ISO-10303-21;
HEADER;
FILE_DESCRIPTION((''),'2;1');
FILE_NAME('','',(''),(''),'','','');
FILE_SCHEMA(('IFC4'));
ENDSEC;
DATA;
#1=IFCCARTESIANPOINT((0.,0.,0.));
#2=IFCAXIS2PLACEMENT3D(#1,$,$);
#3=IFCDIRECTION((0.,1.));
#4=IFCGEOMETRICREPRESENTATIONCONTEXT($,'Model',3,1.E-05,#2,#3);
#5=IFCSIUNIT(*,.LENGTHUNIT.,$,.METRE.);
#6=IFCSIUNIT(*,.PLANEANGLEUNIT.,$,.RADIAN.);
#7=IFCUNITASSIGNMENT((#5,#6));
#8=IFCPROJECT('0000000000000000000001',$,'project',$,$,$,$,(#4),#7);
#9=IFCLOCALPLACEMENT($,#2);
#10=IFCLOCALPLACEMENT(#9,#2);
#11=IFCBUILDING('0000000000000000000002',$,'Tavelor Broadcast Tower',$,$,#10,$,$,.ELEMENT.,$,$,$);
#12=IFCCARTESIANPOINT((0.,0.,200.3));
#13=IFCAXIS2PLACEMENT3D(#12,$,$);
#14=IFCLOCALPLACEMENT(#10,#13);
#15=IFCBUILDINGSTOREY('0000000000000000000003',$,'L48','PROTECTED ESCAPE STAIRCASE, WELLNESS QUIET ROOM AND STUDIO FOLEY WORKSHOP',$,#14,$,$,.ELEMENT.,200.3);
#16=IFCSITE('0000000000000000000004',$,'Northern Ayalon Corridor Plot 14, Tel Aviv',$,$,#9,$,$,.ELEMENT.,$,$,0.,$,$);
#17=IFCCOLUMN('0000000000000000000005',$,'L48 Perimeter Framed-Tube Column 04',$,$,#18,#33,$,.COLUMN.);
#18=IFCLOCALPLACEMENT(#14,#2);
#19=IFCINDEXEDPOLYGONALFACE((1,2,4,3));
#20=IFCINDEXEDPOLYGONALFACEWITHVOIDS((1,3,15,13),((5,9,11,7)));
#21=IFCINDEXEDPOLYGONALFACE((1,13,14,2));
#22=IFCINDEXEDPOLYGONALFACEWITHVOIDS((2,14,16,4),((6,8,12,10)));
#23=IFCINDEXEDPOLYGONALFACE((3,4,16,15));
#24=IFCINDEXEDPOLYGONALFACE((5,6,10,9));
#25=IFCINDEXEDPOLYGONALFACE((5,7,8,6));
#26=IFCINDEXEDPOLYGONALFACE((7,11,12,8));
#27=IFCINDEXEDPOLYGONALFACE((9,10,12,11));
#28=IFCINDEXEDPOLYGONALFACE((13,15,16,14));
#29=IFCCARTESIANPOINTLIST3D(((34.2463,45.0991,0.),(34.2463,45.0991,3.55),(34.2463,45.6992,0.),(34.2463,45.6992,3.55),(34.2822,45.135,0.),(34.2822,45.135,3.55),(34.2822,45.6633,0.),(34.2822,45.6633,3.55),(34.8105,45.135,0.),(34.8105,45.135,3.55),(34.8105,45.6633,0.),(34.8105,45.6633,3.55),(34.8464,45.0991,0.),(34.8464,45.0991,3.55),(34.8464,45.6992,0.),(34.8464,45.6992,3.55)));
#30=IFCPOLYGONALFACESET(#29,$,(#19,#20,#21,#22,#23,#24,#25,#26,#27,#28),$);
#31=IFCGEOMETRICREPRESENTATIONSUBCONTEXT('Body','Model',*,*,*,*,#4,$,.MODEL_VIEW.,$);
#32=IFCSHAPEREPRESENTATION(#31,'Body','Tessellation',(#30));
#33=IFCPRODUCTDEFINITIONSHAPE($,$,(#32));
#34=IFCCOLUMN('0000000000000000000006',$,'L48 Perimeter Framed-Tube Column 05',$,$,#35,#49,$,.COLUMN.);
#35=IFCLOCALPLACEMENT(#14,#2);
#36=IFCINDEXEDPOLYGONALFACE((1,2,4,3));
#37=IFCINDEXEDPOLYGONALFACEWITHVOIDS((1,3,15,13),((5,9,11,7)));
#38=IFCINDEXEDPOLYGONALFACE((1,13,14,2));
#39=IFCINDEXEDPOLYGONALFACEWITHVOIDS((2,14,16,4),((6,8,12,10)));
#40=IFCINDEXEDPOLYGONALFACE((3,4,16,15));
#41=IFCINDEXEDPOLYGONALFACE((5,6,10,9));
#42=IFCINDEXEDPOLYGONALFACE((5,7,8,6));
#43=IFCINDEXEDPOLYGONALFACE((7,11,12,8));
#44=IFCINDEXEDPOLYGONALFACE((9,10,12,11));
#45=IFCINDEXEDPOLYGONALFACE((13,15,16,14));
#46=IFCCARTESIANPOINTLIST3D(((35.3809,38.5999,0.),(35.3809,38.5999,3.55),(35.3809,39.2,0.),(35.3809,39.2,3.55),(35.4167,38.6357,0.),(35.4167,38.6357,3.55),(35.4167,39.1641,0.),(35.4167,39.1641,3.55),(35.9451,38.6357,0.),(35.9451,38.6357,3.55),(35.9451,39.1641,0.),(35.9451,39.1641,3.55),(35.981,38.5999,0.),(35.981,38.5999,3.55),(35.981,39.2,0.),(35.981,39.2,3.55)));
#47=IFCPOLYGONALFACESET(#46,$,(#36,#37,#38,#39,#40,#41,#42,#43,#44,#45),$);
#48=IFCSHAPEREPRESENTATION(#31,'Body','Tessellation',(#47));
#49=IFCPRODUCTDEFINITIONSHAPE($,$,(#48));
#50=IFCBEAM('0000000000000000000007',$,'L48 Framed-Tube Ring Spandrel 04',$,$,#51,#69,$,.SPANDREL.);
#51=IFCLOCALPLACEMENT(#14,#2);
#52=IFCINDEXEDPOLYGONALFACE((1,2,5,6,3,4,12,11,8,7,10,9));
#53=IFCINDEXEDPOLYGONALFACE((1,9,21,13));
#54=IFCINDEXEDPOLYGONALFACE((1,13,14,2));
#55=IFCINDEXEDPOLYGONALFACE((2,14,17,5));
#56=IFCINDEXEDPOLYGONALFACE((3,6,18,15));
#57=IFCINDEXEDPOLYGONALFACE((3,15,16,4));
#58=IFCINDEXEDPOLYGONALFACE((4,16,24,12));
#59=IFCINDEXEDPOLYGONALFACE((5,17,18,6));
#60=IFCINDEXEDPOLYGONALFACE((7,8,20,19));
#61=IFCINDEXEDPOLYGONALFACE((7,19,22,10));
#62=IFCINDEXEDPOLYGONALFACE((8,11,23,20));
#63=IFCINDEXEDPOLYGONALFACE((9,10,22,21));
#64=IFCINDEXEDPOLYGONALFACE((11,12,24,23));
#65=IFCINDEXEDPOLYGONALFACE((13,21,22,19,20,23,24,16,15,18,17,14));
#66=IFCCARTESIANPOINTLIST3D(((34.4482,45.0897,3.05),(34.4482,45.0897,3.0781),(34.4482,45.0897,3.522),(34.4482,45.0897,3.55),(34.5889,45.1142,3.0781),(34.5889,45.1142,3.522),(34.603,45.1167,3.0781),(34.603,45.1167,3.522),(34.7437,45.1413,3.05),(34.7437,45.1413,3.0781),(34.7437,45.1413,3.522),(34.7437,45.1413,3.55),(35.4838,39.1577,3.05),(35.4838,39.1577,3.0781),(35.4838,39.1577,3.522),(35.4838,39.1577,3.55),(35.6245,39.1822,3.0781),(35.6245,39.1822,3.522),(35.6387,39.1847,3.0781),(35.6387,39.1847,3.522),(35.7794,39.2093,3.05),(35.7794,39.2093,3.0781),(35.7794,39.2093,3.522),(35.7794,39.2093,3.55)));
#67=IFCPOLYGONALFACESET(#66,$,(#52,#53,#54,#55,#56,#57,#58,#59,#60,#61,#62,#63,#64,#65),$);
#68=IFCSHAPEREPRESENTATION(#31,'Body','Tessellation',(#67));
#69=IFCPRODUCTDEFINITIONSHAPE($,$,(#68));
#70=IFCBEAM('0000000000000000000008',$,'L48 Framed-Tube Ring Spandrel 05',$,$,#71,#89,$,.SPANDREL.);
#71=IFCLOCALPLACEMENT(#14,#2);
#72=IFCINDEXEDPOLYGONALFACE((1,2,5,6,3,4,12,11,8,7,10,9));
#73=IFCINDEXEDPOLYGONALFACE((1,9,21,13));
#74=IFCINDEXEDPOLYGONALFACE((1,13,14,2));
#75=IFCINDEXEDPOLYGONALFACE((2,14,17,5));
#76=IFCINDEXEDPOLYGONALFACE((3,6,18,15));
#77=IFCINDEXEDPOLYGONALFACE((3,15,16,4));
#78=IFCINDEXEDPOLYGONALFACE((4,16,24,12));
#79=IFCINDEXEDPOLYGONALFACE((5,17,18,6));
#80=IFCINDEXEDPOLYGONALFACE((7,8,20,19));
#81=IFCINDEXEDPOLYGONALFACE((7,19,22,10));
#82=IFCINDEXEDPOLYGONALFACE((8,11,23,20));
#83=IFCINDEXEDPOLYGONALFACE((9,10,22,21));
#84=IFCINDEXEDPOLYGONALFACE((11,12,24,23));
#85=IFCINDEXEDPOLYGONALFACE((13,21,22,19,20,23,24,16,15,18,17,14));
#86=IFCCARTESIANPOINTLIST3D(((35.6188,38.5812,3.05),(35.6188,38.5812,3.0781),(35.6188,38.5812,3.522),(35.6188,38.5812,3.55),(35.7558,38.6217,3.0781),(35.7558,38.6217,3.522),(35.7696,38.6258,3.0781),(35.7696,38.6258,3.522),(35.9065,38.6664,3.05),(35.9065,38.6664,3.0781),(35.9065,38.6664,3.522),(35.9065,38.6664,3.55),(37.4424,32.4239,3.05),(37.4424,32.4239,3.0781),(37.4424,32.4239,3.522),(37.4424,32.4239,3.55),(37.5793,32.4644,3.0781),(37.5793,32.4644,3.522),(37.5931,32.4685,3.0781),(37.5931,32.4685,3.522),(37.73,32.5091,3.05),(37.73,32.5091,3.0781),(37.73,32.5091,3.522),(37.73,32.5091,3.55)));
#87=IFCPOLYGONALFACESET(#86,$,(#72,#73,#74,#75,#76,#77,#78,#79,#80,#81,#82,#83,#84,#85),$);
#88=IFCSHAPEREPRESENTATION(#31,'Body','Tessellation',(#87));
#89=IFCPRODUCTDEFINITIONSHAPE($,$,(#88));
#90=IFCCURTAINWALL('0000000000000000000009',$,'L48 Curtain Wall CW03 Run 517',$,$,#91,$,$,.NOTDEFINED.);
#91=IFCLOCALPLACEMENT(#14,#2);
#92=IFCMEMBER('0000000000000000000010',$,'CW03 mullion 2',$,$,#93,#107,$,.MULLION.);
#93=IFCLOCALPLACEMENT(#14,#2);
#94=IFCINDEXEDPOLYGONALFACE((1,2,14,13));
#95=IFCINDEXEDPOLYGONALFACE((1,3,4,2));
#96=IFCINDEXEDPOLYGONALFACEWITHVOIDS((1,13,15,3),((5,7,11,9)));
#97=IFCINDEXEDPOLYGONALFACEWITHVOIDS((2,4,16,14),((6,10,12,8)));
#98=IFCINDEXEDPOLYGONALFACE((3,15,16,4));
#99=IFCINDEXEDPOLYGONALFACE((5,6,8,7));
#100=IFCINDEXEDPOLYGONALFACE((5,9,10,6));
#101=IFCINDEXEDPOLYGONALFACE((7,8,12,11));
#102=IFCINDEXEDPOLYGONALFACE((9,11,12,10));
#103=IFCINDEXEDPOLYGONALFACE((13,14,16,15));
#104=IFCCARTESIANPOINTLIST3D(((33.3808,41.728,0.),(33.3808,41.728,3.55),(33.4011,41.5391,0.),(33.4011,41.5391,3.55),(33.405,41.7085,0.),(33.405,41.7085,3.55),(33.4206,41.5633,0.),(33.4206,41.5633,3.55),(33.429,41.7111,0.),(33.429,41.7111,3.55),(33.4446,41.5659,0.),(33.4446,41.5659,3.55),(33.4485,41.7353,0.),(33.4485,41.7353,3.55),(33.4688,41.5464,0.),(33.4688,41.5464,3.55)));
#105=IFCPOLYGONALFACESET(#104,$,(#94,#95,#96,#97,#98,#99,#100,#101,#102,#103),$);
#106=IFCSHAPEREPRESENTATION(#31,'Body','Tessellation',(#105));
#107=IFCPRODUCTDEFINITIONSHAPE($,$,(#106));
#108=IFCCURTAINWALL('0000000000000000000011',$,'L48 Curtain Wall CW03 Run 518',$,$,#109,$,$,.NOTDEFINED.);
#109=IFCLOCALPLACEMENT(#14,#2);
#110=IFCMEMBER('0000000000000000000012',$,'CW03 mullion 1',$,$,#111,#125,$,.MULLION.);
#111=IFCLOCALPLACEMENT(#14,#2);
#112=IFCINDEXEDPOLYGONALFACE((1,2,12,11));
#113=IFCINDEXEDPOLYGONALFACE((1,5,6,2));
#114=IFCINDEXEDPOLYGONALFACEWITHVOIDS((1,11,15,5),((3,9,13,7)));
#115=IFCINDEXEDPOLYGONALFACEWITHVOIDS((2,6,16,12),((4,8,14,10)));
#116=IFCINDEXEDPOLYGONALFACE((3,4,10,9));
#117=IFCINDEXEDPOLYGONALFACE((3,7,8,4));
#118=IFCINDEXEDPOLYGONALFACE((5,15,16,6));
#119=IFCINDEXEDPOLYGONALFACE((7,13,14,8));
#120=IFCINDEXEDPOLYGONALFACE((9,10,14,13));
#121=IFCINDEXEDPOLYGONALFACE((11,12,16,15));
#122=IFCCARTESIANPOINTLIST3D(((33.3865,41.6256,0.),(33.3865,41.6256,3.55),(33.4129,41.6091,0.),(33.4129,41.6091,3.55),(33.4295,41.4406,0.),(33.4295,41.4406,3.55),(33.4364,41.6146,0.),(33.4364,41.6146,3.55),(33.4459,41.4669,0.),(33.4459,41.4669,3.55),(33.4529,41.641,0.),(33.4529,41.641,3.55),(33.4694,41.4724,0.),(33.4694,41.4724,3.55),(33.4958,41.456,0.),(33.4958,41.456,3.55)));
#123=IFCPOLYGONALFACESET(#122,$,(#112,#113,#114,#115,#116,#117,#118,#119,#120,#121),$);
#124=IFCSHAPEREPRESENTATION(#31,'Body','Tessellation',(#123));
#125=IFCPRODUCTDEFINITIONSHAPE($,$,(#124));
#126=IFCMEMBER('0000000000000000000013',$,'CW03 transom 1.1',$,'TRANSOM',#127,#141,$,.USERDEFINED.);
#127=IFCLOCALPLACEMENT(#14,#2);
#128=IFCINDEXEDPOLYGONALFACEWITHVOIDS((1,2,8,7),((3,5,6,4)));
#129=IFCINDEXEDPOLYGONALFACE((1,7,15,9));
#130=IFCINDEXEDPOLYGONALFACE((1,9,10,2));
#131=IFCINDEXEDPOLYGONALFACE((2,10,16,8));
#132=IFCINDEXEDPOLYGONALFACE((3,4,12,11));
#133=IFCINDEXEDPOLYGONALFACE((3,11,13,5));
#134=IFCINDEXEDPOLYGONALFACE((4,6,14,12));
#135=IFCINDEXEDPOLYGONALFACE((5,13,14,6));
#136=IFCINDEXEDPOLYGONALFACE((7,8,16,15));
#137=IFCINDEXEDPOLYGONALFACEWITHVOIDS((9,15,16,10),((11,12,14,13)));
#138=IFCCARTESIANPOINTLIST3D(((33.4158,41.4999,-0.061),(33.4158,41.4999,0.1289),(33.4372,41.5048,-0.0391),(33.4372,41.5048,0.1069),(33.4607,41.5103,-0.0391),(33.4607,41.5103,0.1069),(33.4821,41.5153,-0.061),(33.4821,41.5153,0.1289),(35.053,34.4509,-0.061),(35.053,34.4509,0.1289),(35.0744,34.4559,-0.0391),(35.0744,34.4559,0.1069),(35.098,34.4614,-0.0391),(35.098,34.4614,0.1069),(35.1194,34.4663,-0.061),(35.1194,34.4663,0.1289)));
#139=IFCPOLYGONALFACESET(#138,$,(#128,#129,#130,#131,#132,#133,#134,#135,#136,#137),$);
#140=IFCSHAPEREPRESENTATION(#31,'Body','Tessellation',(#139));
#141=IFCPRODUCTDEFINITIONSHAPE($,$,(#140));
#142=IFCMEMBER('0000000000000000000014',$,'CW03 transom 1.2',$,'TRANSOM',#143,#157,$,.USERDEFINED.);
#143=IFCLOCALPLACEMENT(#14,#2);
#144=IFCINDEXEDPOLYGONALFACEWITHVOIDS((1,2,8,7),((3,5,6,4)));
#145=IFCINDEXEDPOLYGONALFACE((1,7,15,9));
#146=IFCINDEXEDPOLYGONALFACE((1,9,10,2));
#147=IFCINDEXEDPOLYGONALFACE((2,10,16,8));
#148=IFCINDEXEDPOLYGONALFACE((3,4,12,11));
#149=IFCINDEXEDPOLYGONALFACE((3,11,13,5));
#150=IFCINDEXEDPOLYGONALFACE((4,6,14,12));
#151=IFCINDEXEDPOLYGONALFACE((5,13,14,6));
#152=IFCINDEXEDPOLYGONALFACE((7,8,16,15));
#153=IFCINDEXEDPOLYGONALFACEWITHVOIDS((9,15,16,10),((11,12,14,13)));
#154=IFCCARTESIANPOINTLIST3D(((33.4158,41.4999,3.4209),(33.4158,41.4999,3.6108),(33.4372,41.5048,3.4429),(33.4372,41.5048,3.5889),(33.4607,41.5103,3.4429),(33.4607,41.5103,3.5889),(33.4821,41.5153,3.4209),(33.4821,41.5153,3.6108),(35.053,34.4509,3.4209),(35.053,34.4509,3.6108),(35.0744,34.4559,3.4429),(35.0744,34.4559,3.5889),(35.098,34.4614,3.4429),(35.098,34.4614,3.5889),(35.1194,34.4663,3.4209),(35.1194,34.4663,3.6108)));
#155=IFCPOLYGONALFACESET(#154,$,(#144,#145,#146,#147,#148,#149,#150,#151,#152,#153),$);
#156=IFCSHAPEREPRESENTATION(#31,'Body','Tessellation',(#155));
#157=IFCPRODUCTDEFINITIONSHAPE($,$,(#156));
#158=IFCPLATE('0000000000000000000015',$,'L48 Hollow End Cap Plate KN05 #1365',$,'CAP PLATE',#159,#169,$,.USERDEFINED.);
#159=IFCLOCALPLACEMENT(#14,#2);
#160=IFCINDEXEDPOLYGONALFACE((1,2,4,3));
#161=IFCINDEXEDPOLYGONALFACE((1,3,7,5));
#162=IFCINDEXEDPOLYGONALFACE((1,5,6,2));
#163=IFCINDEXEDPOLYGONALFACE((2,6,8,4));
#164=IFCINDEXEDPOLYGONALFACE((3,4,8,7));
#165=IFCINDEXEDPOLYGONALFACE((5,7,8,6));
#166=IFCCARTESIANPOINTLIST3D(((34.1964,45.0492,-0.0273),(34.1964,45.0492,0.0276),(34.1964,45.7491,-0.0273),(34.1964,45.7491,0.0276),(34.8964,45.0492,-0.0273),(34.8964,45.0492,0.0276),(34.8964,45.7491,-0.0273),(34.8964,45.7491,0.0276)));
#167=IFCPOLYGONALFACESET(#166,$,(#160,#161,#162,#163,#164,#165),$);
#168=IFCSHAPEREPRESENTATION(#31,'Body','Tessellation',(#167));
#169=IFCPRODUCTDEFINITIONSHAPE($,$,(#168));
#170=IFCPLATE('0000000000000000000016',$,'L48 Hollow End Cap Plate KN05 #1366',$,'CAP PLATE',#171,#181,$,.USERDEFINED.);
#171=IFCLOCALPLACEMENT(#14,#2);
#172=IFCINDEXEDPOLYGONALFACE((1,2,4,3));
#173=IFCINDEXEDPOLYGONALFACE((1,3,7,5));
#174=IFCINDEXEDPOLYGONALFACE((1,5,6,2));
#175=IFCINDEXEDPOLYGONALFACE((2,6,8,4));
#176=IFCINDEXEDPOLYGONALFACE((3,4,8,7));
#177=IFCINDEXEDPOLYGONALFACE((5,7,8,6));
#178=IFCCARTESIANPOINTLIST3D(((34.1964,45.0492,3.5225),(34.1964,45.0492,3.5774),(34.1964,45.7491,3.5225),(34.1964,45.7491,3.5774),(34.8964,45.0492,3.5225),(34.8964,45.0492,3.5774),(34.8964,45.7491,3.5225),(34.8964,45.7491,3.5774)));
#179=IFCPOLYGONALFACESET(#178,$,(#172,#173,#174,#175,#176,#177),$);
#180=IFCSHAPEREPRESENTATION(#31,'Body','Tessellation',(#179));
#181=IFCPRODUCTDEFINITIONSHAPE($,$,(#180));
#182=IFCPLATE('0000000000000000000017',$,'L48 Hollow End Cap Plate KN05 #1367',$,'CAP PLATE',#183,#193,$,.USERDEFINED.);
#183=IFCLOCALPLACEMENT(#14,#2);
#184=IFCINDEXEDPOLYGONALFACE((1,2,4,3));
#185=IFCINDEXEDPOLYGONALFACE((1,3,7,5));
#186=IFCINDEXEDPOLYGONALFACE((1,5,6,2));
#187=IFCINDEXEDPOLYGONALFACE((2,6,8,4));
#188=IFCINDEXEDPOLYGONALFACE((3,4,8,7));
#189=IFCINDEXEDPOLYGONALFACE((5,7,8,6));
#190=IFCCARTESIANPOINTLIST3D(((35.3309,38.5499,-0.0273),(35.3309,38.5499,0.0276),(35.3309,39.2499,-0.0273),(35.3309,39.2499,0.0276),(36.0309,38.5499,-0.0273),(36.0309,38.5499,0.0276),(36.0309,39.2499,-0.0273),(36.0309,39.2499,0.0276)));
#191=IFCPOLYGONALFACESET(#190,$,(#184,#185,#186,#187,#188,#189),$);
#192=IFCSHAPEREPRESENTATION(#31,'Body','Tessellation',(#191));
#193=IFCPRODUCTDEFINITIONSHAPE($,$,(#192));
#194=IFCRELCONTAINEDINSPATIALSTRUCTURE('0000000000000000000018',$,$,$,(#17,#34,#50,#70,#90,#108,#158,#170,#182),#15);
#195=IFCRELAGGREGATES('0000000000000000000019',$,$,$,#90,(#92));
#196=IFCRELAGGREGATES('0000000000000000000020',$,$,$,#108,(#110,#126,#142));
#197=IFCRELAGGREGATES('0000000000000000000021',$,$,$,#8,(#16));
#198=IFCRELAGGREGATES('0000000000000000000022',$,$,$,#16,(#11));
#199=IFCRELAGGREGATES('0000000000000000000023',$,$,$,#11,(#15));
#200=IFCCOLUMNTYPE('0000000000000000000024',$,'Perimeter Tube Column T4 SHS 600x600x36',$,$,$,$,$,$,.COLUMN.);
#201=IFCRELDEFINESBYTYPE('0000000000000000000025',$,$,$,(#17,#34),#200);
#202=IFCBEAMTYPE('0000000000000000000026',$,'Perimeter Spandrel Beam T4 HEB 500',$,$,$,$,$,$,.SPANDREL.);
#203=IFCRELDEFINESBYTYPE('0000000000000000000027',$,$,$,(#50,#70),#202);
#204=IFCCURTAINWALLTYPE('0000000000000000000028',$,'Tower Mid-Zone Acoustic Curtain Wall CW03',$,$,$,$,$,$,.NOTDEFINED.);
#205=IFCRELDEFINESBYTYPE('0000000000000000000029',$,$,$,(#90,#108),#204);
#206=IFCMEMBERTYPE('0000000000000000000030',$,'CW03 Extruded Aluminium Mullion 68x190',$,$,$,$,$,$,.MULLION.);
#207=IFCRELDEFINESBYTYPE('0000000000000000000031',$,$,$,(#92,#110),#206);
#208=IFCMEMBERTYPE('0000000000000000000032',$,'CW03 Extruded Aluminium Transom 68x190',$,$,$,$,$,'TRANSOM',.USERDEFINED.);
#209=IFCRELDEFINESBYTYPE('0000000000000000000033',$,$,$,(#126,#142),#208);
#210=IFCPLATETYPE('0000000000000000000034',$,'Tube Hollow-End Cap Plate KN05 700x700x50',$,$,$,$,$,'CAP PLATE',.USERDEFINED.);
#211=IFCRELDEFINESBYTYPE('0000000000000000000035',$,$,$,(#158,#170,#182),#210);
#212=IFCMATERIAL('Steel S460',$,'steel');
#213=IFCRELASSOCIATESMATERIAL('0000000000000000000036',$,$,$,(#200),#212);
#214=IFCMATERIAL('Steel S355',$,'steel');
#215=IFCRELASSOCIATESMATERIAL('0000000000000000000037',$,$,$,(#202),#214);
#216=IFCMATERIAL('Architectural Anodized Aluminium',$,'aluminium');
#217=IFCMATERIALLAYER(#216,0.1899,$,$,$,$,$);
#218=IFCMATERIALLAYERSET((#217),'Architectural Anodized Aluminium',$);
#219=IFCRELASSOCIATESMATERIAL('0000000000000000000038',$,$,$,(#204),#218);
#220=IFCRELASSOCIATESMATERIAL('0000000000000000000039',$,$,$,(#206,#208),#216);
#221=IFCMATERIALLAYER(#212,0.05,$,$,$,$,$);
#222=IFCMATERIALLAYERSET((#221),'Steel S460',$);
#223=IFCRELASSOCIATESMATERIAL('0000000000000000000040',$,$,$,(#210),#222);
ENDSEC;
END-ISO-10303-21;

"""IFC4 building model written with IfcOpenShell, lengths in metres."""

from ifc_helpers import new_model, si_unit, direction, frame, origin, origin_2d, place, context, subcontext, project, spatial, rectangle, hollow_rectangle, i_section, extrude, source, transform, mapped, material, layer, layer_set, material_profile, profile_set, type_object, type_shapes, element, aggregate, save


model = new_model("IFC4")

# Units and contexts
model_context = context("Model", 3, precision=1e-05, world=origin(), true_north=direction((0.0, 1.0)))
body_context = subcontext(model_context, "Body", "Model", "MODEL_VIEW")
ifc_project = project(units=[si_unit("LENGTHUNIT", "METRE"), si_unit("PLANEANGLEUNIT", "RADIAN")], contexts=[model_context])

# Site, building, storey
site_placement = place(None, origin())
site = spatial("IfcSite", under=ifc_project, at=site_placement, Name="Northern Ayalon Corridor Plot 14, Tel Aviv", CompositionType="ELEMENT", RefElevation=0.0)
building_placement = place(site_placement, origin())
building = spatial("IfcBuilding", under=site, at=building_placement, Name="Tavelor Broadcast Tower", CompositionType="ELEMENT")
storey_placement = place(building_placement, frame((0.0, 0.0, 200.3)))
storey = spatial("IfcBuildingStorey", under=building, at=storey_placement, Name="L48", Description="PROTECTED ESCAPE STAIRCASE, WELLNESS QUIET ROOM AND STUDIO FOLEY WORKSHOP", CompositionType="ELEMENT", Elevation=200.3)

# Columns
ifc_material_1 = material(Name="Steel S460", Category="steel")
ifc_material_profile_1 = material_profile(ifc_material_1, hollow_rectangle(XDim=0.6001, YDim=0.6001, WallThickness=0.0359, at=origin_2d()), Name="SHS 600x600x36")
ifc_profile_set_1 = profile_set([ifc_material_profile_1], Name="Steel S460")
column_type = type_object("IfcColumnType", Name="Perimeter Tube Column T4 SHS 600x600x36", PredefinedType="COLUMN", material=ifc_profile_set_1)
for number, where, z_axis, x_axis, name in (
    (1, (34.5464, 45.3992, 0.0), (0.0, 0.0, 1.0), (1.0, 0.0, 0.0), "L48 Perimeter Framed-Tube Column 04"),
    (2, (35.6809, 38.8999, 0.0), (0.0, 0.0, 1.0), (1.0, 0.0, 0.0), "L48 Perimeter Framed-Tube Column 05"),
):
    element("IfcColumn", number, at=place(storey_placement, frame(where, z_axis=z_axis, x_axis=x_axis)), inside=storey, type_object=column_type, Name=name, PredefinedType="COLUMN", context=body_context, shape_type="SweptSolid", body=[
        extrude(hollow_rectangle(XDim=0.6001, YDim=0.6001, WallThickness=0.0359, at=origin_2d()), origin(), (0.0, 0.0, 1.0), 3.55),
    ])

# Beams
ifc_material_2 = material(Name="Steel S355", Category="steel")
ifc_material_profile_2 = material_profile(ifc_material_2, i_section(OverallWidth=0.3, OverallDepth=0.5, WebThickness=0.0144, FlangeThickness=0.0281, at=origin_2d()), Name="HEB 500")
ifc_profile_set_2 = profile_set([ifc_material_profile_2], Name="Steel S355")
beam_type = type_object("IfcBeamType", Name="Perimeter Spandrel Beam T4 HEB 500", PredefinedType="SPANDREL", material=ifc_profile_set_2)
beam_1_placement = place(storey_placement, frame((34.5959, 45.1155, 3.3), z_axis=(0.171988, -0.985099, 0.0), x_axis=(0.985099, 0.171988, 0.0)))
element("IfcBeam", 3, at=beam_1_placement, inside=storey, type_object=beam_type, Name="L48 Framed-Tube Ring Spandrel 04", PredefinedType="SPANDREL", context=body_context, shape_type="SweptSolid", body=[
    extrude(i_section(OverallWidth=0.3, OverallDepth=0.5, WebThickness=0.0144, FlangeThickness=0.0281, at=origin_2d()), origin(), (0.0, 0.0, 1.0), 6.0217),
])
beam_2_placement = place(storey_placement, frame((35.7627, 38.6238, 3.3), z_axis=(0.283963, -0.958835, 0.0), x_axis=(0.958835, 0.283963, 0.0)))
element("IfcBeam", 4, at=beam_2_placement, inside=storey, type_object=beam_type, Name="L48 Framed-Tube Ring Spandrel 05", PredefinedType="SPANDREL", context=body_context, shape_type="SweptSolid", body=[
    extrude(i_section(OverallWidth=0.3, OverallDepth=0.5, WebThickness=0.0144, FlangeThickness=0.0281, at=origin_2d()), origin(), (0.0, 0.0, 1.0), 6.4216),
])

# Curtain wall, member
ifc_material_3 = material(Name="Architectural Anodized Aluminium", Category="aluminium")
ifc_layer_1 = layer(ifc_material_3, 0.1899)
ifc_layer_set_1 = layer_set([ifc_layer_1], Name="Architectural Anodized Aluminium")
curtain_wall_type = type_object("IfcCurtainWallType", Name="Tower Mid-Zone Acoustic Curtain Wall CW03", PredefinedType="NOTDEFINED", material=ifc_layer_set_1)
curtain_wall_1_placement = place(storey_placement, origin())
curtain_wall_1 = element("IfcCurtainWall", 5, at=curtain_wall_1_placement, inside=storey, type_object=curtain_wall_type, Name="L48 Curtain Wall CW03 Run 517", PredefinedType="NOTDEFINED")
ifc_material_profile_3 = material_profile(ifc_material_3, hollow_rectangle(XDim=0.0681, YDim=0.1899, WallThickness=0.022, at=origin_2d()), Name="RHS 68x190x22")
ifc_profile_set_3 = profile_set([ifc_material_profile_3], Name="Architectural Anodized Aluminium")
member_type_1 = type_object("IfcMemberType", Name="CW03 Extruded Aluminium Mullion 68x190", PredefinedType="MULLION", material=ifc_profile_set_3)
shared_shape_1 = source(origin(), body_context, "Body", "SweptSolid", [
    extrude(hollow_rectangle(XDim=0.0681, YDim=0.1899, WallThickness=0.022, at=origin_2d()), origin(), (0.0, 0.0, 1.0), 3.55),
])
type_shapes(member_type_1, [shared_shape_1])
member_1_placement = place(storey_placement, frame((33.4248, 41.6372, 0.0), z_axis=(0.0, 0.0, 1.0), x_axis=(0.994292, 0.10669, 0.0)))
member_1 = element("IfcMember", 6, at=member_1_placement, type_object=member_type_1, Name="CW03 mullion 2", PredefinedType="MULLION", context=body_context, shape_type="MappedRepresentation", body=[
    mapped(shared_shape_1, transform((0.0, 0.0, 0.0), scale=1.0)),
])

# Curtain wall, members
curtain_wall_2_placement = place(storey_placement, origin())
curtain_wall_2 = element("IfcCurtainWall", 7, at=curtain_wall_2_placement, inside=storey, type_object=curtain_wall_type, Name="L48 Curtain Wall CW03 Run 518", PredefinedType="NOTDEFINED")
member_2_placement = place(storey_placement, frame((33.4412, 41.5408, 0.0), z_axis=(0.0, 0.0, 1.0), x_axis=(0.974071, 0.226241, 0.0)))
member_2 = element("IfcMember", 8, at=member_2_placement, type_object=member_type_1, Name="CW03 mullion 1", PredefinedType="MULLION", context=body_context, shape_type="MappedRepresentation", body=[
    mapped(shared_shape_1, transform((0.0, 0.0, 0.0), scale=1.0)),
])
ifc_material_profile_4 = material_profile(ifc_material_3, hollow_rectangle(XDim=0.0681, YDim=0.1899, WallThickness=0.022, at=origin_2d()), Name="RHS 68x190x22")
ifc_profile_set_4 = profile_set([ifc_material_profile_4], Name="Architectural Anodized Aluminium")
member_type_2 = type_object("IfcMemberType", Name="CW03 Extruded Aluminium Transom 68x190", ElementType="TRANSOM", PredefinedType="USERDEFINED", material=ifc_profile_set_4)
shared_shape_2 = source(origin(), body_context, "Body", "SweptSolid", [
    extrude(hollow_rectangle(XDim=0.0681, YDim=0.1899, WallThickness=0.022, at=origin_2d()), origin(), (0.0, 0.0, 1.0), 7.2366),
])
type_shapes(member_type_2, [shared_shape_2])
member_3_placement = place(storey_placement, frame((33.449, 41.5076, 0.0339), z_axis=(0.226244, -0.974071, 0.0), x_axis=(0.974071, 0.226244, 0.0)))
member_3 = element("IfcMember", 9, at=member_3_placement, type_object=member_type_2, Name="CW03 transom 1.1", ObjectType="TRANSOM", PredefinedType="USERDEFINED", context=body_context, shape_type="MappedRepresentation", body=[
    mapped(shared_shape_2, transform((0.0, 0.0, 0.0), scale=1.0)),
])
member_4_placement = place(storey_placement, frame((33.449, 41.5076, 3.5159), z_axis=(0.226244, -0.974071, 0.0), x_axis=(0.974071, 0.226244, 0.0)))
member_4 = element("IfcMember", 10, at=member_4_placement, type_object=member_type_2, Name="CW03 transom 1.2", ObjectType="TRANSOM", PredefinedType="USERDEFINED", context=body_context, shape_type="MappedRepresentation", body=[
    mapped(shared_shape_2, transform((0.0, 0.0, 0.0), scale=1.0)),
])

# Plates
ifc_layer_2 = layer(ifc_material_1, 0.05)
ifc_layer_set_2 = layer_set([ifc_layer_2], Name="Steel S460")
plate_type_1 = type_object("IfcPlateType", Name="Tube Hollow-End Cap Plate KN05 700x700x50", ElementType="CAP PLATE", PredefinedType="USERDEFINED", material=ifc_layer_set_2)
shared_shape_3 = source(origin(), body_context, "Body", "SweptSolid", [
    extrude(rectangle(XDim=0.7, YDim=0.7, at=origin_2d()), origin(), (0.0, 0.0, 1.0), 0.0549),
])
type_shapes(plate_type_1, [shared_shape_3])
for number, where, z_axis, x_axis, name in (
    (11, (34.5464, 45.3992, -0.0273), (0.0, 0.0, 1.0), (1.0, 0.0, 0.0), "L48 Hollow End Cap Plate KN05 #1365"),
    (12, (34.5464, 45.3992, 3.5225), (0.0, 0.0, 1.0), (1.0, 0.0, 0.0), "L48 Hollow End Cap Plate KN05 #1366"),
    (13, (35.6809, 38.8999, -0.0273), (0.0, 0.0, 1.0), (1.0, 0.0, 0.0), "L48 Hollow End Cap Plate KN05 #1367"),
):
    element("IfcPlate", number, at=place(storey_placement, frame(where, z_axis=z_axis, x_axis=x_axis)), inside=storey, type_object=plate_type_1, Name=name, ObjectType="CAP PLATE", PredefinedType="USERDEFINED", context=body_context, shape_type="MappedRepresentation", body=[
        mapped(shared_shape_3, transform((0.0, 0.0, 0.0), scale=1.0)),
    ])

aggregate(curtain_wall_1, [member_1])
aggregate(curtain_wall_2, [member_2, member_3, member_4])

save(model, "model.ifc")
